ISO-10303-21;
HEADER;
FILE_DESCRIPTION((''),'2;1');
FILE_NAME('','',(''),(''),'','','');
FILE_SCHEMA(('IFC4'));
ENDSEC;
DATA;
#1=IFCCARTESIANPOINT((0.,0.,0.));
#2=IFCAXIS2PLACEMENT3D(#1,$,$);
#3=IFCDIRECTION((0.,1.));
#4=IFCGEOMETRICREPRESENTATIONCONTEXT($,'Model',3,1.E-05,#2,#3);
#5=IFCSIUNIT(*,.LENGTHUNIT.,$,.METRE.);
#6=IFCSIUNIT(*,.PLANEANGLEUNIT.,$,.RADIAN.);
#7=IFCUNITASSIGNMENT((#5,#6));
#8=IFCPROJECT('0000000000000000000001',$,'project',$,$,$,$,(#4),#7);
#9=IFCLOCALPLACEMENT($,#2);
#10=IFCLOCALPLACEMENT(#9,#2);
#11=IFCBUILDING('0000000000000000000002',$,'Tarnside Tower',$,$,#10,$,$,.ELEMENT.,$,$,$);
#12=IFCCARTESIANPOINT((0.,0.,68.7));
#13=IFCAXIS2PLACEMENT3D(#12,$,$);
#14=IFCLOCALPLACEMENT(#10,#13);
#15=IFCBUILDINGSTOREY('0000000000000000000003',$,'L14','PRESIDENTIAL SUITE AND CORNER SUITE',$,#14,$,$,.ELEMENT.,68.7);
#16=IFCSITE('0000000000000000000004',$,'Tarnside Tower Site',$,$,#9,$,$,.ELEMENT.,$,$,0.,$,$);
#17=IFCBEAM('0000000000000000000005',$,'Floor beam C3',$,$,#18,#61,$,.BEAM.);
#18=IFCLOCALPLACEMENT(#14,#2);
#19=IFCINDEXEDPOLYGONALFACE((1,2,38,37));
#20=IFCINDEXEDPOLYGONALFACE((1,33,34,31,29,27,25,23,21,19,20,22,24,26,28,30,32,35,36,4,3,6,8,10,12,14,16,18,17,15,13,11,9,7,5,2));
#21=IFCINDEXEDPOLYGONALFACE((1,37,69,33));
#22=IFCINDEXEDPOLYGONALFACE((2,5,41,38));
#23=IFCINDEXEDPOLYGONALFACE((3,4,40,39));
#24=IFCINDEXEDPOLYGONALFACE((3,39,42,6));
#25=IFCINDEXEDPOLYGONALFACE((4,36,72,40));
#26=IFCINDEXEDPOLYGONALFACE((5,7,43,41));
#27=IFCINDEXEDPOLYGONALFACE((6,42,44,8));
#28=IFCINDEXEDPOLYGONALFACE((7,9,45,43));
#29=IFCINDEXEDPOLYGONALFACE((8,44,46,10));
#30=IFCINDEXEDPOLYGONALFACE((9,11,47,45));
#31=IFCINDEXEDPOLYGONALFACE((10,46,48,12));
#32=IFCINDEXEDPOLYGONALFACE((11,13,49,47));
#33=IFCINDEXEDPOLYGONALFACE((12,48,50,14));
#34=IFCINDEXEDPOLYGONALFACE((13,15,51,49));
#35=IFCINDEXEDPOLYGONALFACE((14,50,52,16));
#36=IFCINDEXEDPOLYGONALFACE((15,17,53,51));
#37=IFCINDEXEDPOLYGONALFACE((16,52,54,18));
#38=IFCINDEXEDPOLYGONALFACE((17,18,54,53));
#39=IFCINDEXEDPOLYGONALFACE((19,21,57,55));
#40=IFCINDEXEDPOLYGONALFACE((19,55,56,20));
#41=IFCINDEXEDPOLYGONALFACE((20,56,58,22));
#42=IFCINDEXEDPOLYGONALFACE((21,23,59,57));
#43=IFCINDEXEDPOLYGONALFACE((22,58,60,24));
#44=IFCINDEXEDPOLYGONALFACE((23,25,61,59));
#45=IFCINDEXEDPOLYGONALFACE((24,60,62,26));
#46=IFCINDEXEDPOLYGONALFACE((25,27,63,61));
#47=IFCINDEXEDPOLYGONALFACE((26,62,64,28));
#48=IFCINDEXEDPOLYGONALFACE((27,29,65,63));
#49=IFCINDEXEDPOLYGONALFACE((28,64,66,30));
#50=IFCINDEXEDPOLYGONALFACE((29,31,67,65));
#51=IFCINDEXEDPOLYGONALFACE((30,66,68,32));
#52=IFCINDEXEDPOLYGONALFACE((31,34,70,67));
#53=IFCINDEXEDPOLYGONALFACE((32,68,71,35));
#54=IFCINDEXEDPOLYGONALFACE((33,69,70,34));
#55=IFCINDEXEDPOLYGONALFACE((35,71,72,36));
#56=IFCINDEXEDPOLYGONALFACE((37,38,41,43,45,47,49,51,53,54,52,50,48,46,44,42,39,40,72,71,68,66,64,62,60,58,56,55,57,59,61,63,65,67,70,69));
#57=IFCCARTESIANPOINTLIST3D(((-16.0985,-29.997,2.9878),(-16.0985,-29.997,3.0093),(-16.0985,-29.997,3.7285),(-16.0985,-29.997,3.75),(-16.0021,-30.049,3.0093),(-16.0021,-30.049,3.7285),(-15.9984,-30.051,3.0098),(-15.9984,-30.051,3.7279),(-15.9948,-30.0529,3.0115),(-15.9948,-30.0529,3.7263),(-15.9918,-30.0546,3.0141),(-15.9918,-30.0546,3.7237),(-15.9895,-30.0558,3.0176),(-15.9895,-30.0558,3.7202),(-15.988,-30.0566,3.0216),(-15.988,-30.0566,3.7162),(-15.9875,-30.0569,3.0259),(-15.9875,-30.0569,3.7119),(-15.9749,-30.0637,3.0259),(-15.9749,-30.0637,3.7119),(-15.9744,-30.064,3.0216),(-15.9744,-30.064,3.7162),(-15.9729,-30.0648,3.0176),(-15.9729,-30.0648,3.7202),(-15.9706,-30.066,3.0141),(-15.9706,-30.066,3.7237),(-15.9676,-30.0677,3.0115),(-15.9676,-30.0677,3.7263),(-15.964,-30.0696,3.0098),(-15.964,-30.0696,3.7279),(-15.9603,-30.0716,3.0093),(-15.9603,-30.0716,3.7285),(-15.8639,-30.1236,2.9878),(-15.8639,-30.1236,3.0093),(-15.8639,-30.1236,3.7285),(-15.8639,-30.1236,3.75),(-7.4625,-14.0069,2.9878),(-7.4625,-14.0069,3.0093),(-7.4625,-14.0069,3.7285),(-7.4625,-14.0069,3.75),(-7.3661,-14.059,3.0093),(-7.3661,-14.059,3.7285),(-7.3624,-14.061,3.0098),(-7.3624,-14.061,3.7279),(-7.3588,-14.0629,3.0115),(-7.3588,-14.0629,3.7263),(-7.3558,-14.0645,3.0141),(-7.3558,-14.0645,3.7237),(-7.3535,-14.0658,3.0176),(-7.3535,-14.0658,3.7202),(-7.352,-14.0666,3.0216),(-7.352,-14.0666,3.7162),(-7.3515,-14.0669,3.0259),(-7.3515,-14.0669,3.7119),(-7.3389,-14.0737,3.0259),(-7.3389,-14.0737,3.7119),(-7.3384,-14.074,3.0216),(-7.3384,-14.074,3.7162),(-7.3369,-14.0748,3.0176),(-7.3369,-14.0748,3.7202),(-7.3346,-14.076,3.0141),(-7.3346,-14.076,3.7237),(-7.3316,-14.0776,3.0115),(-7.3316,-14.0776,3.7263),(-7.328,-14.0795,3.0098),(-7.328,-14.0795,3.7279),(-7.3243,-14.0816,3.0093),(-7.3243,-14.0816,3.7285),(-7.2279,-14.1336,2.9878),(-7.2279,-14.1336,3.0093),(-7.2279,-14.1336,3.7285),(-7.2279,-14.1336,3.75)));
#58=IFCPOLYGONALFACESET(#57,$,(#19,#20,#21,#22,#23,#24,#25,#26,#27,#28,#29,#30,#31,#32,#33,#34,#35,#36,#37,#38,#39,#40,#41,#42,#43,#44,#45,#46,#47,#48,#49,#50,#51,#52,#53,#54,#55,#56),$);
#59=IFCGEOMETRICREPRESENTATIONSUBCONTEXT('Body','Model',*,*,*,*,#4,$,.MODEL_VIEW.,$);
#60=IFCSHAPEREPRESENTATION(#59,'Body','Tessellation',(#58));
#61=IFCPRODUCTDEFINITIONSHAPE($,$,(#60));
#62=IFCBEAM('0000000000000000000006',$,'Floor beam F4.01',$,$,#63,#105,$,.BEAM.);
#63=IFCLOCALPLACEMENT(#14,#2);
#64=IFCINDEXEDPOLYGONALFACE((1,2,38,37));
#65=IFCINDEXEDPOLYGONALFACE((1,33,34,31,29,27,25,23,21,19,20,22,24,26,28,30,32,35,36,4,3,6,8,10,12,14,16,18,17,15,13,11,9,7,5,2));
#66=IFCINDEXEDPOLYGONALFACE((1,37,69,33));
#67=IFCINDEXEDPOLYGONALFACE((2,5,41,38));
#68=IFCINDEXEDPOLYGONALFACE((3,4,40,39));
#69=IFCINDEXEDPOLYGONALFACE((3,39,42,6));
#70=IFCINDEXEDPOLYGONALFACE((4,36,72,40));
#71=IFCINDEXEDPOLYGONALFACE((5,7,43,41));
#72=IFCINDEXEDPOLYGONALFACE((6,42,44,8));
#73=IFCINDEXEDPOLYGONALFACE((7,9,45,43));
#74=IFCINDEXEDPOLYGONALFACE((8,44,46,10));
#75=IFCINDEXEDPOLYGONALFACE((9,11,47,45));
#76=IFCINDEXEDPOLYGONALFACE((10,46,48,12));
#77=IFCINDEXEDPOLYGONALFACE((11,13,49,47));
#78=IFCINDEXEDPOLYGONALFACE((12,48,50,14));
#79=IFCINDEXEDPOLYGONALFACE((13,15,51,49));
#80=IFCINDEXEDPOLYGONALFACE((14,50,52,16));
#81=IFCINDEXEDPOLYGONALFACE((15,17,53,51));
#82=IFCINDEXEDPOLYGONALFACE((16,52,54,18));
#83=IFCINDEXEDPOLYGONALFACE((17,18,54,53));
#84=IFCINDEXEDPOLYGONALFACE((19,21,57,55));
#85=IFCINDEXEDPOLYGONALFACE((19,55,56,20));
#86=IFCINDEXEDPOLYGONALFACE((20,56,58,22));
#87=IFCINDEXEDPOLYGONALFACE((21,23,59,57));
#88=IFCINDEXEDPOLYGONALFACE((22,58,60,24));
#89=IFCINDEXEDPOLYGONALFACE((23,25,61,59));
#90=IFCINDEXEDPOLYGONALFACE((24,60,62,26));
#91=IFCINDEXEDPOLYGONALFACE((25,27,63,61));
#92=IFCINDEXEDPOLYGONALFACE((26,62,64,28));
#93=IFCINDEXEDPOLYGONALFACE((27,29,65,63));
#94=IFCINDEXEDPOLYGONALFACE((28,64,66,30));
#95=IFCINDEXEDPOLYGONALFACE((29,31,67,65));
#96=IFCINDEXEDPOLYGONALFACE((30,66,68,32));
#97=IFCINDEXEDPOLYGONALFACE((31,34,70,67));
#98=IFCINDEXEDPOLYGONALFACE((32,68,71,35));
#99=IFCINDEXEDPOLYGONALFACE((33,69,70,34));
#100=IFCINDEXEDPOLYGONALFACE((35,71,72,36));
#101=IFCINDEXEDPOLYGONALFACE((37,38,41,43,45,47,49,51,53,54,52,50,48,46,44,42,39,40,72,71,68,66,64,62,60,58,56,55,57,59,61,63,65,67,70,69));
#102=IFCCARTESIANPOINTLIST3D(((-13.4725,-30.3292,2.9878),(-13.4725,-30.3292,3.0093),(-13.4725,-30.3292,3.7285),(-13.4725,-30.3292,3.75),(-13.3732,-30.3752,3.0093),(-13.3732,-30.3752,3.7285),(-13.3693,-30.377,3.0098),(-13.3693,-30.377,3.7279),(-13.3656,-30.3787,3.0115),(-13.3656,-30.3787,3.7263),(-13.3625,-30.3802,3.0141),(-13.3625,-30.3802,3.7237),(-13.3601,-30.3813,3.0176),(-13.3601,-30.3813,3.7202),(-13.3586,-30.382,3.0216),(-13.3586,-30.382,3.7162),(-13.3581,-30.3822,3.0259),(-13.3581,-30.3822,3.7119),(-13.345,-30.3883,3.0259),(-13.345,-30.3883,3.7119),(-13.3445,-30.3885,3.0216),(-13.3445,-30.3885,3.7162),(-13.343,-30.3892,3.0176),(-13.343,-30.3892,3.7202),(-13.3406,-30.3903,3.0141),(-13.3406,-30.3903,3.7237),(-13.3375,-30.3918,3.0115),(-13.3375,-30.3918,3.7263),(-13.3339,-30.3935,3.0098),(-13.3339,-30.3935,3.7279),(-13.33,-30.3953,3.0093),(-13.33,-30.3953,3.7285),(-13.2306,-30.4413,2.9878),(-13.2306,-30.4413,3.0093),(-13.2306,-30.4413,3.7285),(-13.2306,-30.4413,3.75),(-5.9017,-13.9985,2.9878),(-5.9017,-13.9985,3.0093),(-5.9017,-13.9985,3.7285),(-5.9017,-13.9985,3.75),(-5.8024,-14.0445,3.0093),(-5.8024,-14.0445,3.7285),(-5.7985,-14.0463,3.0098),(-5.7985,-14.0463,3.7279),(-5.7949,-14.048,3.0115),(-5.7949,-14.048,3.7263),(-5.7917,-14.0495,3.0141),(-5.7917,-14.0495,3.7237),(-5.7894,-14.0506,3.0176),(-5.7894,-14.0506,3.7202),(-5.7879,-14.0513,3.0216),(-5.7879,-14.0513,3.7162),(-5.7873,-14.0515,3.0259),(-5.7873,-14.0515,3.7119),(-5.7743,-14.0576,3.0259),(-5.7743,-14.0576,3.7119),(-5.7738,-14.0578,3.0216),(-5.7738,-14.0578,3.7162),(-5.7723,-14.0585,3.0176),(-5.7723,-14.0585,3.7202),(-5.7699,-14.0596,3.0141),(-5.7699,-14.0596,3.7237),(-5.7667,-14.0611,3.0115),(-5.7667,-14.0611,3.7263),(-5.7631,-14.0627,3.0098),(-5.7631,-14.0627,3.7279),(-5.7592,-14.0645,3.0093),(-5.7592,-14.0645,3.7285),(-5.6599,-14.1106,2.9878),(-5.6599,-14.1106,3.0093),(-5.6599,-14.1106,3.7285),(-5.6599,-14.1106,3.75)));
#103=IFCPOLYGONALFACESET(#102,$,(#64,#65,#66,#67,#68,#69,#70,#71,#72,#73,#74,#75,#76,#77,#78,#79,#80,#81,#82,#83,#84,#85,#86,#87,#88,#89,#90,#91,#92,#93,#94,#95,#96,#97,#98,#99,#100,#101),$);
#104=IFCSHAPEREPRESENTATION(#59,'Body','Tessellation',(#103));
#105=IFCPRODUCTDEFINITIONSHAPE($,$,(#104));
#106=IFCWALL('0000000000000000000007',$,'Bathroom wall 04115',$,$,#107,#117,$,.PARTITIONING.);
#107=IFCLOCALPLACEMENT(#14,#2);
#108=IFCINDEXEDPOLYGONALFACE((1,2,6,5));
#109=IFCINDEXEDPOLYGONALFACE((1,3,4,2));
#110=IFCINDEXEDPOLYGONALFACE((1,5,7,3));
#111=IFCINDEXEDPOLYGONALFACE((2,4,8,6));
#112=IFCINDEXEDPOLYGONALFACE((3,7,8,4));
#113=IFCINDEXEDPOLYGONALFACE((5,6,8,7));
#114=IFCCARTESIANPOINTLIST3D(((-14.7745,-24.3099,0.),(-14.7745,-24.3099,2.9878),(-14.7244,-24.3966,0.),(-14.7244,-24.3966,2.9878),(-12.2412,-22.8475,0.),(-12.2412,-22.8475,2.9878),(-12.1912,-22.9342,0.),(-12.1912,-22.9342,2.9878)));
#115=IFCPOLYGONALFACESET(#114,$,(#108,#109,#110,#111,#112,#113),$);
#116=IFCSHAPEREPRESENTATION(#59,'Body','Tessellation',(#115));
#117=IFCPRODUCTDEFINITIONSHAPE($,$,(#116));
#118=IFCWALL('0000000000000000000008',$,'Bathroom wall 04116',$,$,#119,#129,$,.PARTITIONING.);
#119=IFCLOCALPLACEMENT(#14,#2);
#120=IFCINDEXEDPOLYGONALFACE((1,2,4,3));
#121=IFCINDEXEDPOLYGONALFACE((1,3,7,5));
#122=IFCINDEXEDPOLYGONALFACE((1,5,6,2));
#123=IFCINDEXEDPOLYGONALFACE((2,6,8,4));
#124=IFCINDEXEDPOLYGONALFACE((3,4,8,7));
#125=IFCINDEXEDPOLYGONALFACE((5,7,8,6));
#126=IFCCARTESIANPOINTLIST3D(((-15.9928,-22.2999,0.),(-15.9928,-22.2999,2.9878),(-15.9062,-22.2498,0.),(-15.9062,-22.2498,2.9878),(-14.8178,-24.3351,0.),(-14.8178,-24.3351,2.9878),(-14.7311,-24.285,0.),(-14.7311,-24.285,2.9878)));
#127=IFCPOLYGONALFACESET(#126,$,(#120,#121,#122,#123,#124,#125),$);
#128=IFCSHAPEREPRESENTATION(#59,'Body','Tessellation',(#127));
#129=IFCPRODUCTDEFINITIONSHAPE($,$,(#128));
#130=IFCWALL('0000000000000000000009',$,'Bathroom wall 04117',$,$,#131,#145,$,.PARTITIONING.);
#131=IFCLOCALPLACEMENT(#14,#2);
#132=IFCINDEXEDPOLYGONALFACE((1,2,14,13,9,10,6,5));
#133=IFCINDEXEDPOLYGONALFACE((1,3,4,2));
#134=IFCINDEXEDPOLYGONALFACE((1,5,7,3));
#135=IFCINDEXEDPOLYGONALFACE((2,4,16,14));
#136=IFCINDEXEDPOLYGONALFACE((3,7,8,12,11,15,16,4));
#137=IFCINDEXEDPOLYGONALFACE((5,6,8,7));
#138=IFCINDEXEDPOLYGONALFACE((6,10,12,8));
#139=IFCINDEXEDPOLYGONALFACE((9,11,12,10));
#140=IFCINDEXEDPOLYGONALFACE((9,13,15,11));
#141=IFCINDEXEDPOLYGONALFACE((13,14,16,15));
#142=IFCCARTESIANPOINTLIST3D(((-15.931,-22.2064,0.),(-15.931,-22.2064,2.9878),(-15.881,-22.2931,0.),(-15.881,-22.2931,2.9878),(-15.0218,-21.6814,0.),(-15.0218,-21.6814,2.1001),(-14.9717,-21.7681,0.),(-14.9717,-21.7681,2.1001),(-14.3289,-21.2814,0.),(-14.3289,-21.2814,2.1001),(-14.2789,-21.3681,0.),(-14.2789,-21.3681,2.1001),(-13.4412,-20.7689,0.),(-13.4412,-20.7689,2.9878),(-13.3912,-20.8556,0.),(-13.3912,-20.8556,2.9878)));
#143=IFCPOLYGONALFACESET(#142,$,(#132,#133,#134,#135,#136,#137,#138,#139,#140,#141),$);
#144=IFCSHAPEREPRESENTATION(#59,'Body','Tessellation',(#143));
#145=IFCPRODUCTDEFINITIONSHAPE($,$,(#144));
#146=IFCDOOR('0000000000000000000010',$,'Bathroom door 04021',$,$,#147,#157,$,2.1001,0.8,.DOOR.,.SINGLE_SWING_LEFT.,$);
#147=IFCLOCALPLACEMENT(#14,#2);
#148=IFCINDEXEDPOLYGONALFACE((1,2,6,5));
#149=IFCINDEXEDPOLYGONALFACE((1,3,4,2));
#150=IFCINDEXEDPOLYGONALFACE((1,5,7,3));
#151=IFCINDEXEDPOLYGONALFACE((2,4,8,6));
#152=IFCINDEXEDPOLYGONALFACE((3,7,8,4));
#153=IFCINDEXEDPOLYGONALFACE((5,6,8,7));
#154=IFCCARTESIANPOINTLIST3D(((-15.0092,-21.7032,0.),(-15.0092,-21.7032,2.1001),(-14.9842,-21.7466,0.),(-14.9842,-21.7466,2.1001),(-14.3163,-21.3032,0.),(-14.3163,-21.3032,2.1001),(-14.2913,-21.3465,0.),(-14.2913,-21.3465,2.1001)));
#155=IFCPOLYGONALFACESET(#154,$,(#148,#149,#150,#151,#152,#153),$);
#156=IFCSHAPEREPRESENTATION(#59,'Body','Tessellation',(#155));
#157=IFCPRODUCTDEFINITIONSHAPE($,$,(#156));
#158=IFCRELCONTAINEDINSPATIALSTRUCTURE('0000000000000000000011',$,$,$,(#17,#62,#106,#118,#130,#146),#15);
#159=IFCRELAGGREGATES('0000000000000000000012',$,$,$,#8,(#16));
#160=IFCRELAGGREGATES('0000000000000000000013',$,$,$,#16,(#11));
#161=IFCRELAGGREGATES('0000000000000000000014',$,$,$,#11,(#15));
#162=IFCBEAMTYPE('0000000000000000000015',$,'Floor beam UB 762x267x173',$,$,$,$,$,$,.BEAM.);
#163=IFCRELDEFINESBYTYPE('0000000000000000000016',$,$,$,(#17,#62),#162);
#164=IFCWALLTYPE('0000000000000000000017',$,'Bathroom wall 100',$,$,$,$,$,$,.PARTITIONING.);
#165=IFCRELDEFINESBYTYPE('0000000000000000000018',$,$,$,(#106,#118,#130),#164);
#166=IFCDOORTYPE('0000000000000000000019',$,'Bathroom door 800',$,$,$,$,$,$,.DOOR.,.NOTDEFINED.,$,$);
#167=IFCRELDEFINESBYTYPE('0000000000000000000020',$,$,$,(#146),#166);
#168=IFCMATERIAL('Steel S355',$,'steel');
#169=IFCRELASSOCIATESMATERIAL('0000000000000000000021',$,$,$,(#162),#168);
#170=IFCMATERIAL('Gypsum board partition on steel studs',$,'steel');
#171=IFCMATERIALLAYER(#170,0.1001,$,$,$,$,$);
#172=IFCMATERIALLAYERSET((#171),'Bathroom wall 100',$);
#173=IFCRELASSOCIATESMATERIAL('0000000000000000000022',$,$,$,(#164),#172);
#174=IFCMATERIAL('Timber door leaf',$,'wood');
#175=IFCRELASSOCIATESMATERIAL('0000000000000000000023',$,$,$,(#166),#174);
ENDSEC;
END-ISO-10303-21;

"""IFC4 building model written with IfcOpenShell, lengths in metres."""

from ifc_helpers import new_model, si_unit, direction, frame, frame_2d, origin, origin_2d, place, context, subcontext, project, spatial, rectangle, i_section, extrude, material, layer, layer_set, material_profile, profile_set, type_object, element, fill, save


model = new_model("IFC4")

# Units and contexts
model_context = context("Model", 3, precision=1e-05, world=origin(), true_north=direction((0.0, 1.0)))
body_context = subcontext(model_context, "Body", "Model", "MODEL_VIEW")
ifc_project = project(units=[si_unit("LENGTHUNIT", "METRE"), si_unit("PLANEANGLEUNIT", "RADIAN")], contexts=[model_context])

# Site, building, storey
site_placement = place(None, origin())
site = spatial("IfcSite", under=ifc_project, at=site_placement, Name="Tarnside Tower Site", CompositionType="ELEMENT", RefElevation=0.0)
building_placement = place(site_placement, origin())
building = spatial("IfcBuilding", under=site, at=building_placement, Name="Tarnside Tower", CompositionType="ELEMENT")
storey_placement = place(building_placement, frame((0.0, 0.0, 68.7)))
storey = spatial("IfcBuildingStorey", under=building, at=storey_placement, Name="L14", Description="PRESIDENTIAL SUITE AND CORNER SUITE", CompositionType="ELEMENT", Elevation=68.7)

# Beams
ifc_material_1 = material(Name="Steel S355", Category="steel")
ifc_material_profile = material_profile(ifc_material_1, i_section(OverallWidth=0.2666, OverallDepth=0.7622, WebThickness=0.0144, FlangeThickness=0.0215, FilletRadius=0.0166, at=origin_2d()), Name="UB 762x267x173")
ifc_profile_set = profile_set([ifc_material_profile], Name="Steel S355")
beam_type = type_object("IfcBeamType", Name="Floor beam UB 762x267x173", PredefinedType="BEAM", material=ifc_profile_set)
beam_1_placement = place(storey_placement, frame((-15.9812, -30.0603, 3.3689), z_axis=(0.475208, 0.879873, 0.0), x_axis=(-0.879873, 0.475208, 0.0)))
element("IfcBeam", 1, at=beam_1_placement, inside=storey, type_object=beam_type, Name="Floor beam C3", PredefinedType="BEAM", context=body_context, shape_type="SweptSolid", body=[
    extrude(i_section(OverallWidth=0.2666, OverallDepth=0.7622, WebThickness=0.0144, FlangeThickness=0.0215, FilletRadius=0.0166, at=origin_2d()), origin(), (0.0, 0.0, 1.0), 18.1731),
])
beam_2_placement = place(storey_placement, frame((-13.3516, -30.3853, 3.3689), z_axis=(0.420592, 0.90725, 0.0), x_axis=(-0.90725, 0.420592, 0.0)))
element("IfcBeam", 2, at=beam_2_placement, inside=storey, type_object=beam_type, Name="Floor beam F4.01", PredefinedType="BEAM", context=body_context, shape_type="SweptSolid", body=[
    extrude(i_section(OverallWidth=0.2666, OverallDepth=0.7622, WebThickness=0.0144, FlangeThickness=0.0215, FilletRadius=0.0166, at=origin_2d()), origin(), (0.0, 0.0, 1.0), 18.0002),
])

# Walls
ifc_material_2 = material(Name="Gypsum board partition on steel studs", Category="steel")
ifc_layer_1 = layer(ifc_material_2, 0.1001)
ifc_layer_set_1 = layer_set([ifc_layer_1], Name="Bathroom wall 100")
wall_type_1 = type_object("IfcWallType", Name="Bathroom wall 100", PredefinedType="PARTITIONING", material=ifc_layer_set_1)
wall_1_placement = place(storey_placement, frame((-12.2163, -22.8909, 0.0), z_axis=(0.0, 0.0, 1.0), x_axis=(-0.866047, -0.499963, 0.0)))
element("IfcWall", 3, at=wall_1_placement, inside=storey, type_object=wall_type_1, Name="Bathroom wall 04115", PredefinedType="PARTITIONING", context=body_context, shape_type="SweptSolid", body=[
    extrude(rectangle(XDim=2.925, YDim=0.1001, at=frame_2d((1.4624, 0.0))), origin(), (0.0, 0.0, 1.0), 2.9878),
])
wall_2_placement = place(storey_placement, frame((-14.7744, -24.3101, 0.0), z_axis=(0.0, 0.0, 1.0), x_axis=(-0.500016, 0.866016, 0.0)))
element("IfcWall", 4, at=wall_2_placement, inside=storey, type_object=wall_type_1, Name="Bathroom wall 04116", PredefinedType="PARTITIONING", context=body_context, shape_type="SweptSolid", body=[
    extrude(rectangle(XDim=2.3501, YDim=0.1001, at=frame_2d((1.175, 0.0))), origin(), (0.0, 0.0, 1.0), 2.9878),
])

# Wall, opening, door
wall_3_placement = place(storey_placement, frame((-15.906, -22.2498, 0.0), z_axis=(0.0, 0.0, 1.0), x_axis=(0.866019, 0.500012, 0.0)))
wall_3 = element("IfcWall", 5, at=wall_3_placement, inside=storey, type_object=wall_type_1, Name="Bathroom wall 04117", PredefinedType="PARTITIONING", context=body_context, shape_type="SweptSolid", body=[
    extrude(rectangle(XDim=2.875, YDim=0.1001, at=frame_2d((1.4375, 0.0))), origin(), (0.0, 0.0, 1.0), 2.9878),
])
opening_1_placement = place(wall_3_placement, frame((1.05, 0.0, 0.0)))
opening_1 = element("IfcOpeningElement", 6, at=opening_1_placement, cuts=wall_3, PredefinedType="OPENING", context=body_context, shape_type="SweptSolid", body=[
    extrude(rectangle(XDim=0.8, YDim=2.1001, at=frame_2d((0.3999, 1.05))), frame((0.0, 0.0601, 0.0), z_axis=(0.0, -1.0, 0.0), x_axis=(1.0, 0.0, 0.0)), (0.0, 0.0, 1.0), 0.1201),
])
ifc_material_3 = material(Name="Timber door leaf", Category="wood")
door_type_1 = type_object("IfcDoorType", Name="Bathroom door 800", OperationType="NOTDEFINED", PredefinedType="DOOR", material=ifc_material_3)
door_1_placement = place(opening_1_placement, origin())
door_1 = element("IfcDoor", 7, at=door_1_placement, inside=storey, type_object=door_type_1, Name="Bathroom door 04021", OperationType="SINGLE_SWING_LEFT", OverallHeight=2.1001, OverallWidth=0.8, PredefinedType="DOOR", context=body_context, shape_type="SweptSolid", body=[
    extrude(rectangle(XDim=0.8, YDim=2.1001, at=frame_2d((0.3999, 1.05))), frame((0.0, 0.0249, 0.0), z_axis=(0.0, -1.0, 0.0), x_axis=(1.0, 0.0, 0.0)), (0.0, 0.0, 1.0), 0.05),
])
fill(opening_1, door_1)

save(model, "model.ifc")
